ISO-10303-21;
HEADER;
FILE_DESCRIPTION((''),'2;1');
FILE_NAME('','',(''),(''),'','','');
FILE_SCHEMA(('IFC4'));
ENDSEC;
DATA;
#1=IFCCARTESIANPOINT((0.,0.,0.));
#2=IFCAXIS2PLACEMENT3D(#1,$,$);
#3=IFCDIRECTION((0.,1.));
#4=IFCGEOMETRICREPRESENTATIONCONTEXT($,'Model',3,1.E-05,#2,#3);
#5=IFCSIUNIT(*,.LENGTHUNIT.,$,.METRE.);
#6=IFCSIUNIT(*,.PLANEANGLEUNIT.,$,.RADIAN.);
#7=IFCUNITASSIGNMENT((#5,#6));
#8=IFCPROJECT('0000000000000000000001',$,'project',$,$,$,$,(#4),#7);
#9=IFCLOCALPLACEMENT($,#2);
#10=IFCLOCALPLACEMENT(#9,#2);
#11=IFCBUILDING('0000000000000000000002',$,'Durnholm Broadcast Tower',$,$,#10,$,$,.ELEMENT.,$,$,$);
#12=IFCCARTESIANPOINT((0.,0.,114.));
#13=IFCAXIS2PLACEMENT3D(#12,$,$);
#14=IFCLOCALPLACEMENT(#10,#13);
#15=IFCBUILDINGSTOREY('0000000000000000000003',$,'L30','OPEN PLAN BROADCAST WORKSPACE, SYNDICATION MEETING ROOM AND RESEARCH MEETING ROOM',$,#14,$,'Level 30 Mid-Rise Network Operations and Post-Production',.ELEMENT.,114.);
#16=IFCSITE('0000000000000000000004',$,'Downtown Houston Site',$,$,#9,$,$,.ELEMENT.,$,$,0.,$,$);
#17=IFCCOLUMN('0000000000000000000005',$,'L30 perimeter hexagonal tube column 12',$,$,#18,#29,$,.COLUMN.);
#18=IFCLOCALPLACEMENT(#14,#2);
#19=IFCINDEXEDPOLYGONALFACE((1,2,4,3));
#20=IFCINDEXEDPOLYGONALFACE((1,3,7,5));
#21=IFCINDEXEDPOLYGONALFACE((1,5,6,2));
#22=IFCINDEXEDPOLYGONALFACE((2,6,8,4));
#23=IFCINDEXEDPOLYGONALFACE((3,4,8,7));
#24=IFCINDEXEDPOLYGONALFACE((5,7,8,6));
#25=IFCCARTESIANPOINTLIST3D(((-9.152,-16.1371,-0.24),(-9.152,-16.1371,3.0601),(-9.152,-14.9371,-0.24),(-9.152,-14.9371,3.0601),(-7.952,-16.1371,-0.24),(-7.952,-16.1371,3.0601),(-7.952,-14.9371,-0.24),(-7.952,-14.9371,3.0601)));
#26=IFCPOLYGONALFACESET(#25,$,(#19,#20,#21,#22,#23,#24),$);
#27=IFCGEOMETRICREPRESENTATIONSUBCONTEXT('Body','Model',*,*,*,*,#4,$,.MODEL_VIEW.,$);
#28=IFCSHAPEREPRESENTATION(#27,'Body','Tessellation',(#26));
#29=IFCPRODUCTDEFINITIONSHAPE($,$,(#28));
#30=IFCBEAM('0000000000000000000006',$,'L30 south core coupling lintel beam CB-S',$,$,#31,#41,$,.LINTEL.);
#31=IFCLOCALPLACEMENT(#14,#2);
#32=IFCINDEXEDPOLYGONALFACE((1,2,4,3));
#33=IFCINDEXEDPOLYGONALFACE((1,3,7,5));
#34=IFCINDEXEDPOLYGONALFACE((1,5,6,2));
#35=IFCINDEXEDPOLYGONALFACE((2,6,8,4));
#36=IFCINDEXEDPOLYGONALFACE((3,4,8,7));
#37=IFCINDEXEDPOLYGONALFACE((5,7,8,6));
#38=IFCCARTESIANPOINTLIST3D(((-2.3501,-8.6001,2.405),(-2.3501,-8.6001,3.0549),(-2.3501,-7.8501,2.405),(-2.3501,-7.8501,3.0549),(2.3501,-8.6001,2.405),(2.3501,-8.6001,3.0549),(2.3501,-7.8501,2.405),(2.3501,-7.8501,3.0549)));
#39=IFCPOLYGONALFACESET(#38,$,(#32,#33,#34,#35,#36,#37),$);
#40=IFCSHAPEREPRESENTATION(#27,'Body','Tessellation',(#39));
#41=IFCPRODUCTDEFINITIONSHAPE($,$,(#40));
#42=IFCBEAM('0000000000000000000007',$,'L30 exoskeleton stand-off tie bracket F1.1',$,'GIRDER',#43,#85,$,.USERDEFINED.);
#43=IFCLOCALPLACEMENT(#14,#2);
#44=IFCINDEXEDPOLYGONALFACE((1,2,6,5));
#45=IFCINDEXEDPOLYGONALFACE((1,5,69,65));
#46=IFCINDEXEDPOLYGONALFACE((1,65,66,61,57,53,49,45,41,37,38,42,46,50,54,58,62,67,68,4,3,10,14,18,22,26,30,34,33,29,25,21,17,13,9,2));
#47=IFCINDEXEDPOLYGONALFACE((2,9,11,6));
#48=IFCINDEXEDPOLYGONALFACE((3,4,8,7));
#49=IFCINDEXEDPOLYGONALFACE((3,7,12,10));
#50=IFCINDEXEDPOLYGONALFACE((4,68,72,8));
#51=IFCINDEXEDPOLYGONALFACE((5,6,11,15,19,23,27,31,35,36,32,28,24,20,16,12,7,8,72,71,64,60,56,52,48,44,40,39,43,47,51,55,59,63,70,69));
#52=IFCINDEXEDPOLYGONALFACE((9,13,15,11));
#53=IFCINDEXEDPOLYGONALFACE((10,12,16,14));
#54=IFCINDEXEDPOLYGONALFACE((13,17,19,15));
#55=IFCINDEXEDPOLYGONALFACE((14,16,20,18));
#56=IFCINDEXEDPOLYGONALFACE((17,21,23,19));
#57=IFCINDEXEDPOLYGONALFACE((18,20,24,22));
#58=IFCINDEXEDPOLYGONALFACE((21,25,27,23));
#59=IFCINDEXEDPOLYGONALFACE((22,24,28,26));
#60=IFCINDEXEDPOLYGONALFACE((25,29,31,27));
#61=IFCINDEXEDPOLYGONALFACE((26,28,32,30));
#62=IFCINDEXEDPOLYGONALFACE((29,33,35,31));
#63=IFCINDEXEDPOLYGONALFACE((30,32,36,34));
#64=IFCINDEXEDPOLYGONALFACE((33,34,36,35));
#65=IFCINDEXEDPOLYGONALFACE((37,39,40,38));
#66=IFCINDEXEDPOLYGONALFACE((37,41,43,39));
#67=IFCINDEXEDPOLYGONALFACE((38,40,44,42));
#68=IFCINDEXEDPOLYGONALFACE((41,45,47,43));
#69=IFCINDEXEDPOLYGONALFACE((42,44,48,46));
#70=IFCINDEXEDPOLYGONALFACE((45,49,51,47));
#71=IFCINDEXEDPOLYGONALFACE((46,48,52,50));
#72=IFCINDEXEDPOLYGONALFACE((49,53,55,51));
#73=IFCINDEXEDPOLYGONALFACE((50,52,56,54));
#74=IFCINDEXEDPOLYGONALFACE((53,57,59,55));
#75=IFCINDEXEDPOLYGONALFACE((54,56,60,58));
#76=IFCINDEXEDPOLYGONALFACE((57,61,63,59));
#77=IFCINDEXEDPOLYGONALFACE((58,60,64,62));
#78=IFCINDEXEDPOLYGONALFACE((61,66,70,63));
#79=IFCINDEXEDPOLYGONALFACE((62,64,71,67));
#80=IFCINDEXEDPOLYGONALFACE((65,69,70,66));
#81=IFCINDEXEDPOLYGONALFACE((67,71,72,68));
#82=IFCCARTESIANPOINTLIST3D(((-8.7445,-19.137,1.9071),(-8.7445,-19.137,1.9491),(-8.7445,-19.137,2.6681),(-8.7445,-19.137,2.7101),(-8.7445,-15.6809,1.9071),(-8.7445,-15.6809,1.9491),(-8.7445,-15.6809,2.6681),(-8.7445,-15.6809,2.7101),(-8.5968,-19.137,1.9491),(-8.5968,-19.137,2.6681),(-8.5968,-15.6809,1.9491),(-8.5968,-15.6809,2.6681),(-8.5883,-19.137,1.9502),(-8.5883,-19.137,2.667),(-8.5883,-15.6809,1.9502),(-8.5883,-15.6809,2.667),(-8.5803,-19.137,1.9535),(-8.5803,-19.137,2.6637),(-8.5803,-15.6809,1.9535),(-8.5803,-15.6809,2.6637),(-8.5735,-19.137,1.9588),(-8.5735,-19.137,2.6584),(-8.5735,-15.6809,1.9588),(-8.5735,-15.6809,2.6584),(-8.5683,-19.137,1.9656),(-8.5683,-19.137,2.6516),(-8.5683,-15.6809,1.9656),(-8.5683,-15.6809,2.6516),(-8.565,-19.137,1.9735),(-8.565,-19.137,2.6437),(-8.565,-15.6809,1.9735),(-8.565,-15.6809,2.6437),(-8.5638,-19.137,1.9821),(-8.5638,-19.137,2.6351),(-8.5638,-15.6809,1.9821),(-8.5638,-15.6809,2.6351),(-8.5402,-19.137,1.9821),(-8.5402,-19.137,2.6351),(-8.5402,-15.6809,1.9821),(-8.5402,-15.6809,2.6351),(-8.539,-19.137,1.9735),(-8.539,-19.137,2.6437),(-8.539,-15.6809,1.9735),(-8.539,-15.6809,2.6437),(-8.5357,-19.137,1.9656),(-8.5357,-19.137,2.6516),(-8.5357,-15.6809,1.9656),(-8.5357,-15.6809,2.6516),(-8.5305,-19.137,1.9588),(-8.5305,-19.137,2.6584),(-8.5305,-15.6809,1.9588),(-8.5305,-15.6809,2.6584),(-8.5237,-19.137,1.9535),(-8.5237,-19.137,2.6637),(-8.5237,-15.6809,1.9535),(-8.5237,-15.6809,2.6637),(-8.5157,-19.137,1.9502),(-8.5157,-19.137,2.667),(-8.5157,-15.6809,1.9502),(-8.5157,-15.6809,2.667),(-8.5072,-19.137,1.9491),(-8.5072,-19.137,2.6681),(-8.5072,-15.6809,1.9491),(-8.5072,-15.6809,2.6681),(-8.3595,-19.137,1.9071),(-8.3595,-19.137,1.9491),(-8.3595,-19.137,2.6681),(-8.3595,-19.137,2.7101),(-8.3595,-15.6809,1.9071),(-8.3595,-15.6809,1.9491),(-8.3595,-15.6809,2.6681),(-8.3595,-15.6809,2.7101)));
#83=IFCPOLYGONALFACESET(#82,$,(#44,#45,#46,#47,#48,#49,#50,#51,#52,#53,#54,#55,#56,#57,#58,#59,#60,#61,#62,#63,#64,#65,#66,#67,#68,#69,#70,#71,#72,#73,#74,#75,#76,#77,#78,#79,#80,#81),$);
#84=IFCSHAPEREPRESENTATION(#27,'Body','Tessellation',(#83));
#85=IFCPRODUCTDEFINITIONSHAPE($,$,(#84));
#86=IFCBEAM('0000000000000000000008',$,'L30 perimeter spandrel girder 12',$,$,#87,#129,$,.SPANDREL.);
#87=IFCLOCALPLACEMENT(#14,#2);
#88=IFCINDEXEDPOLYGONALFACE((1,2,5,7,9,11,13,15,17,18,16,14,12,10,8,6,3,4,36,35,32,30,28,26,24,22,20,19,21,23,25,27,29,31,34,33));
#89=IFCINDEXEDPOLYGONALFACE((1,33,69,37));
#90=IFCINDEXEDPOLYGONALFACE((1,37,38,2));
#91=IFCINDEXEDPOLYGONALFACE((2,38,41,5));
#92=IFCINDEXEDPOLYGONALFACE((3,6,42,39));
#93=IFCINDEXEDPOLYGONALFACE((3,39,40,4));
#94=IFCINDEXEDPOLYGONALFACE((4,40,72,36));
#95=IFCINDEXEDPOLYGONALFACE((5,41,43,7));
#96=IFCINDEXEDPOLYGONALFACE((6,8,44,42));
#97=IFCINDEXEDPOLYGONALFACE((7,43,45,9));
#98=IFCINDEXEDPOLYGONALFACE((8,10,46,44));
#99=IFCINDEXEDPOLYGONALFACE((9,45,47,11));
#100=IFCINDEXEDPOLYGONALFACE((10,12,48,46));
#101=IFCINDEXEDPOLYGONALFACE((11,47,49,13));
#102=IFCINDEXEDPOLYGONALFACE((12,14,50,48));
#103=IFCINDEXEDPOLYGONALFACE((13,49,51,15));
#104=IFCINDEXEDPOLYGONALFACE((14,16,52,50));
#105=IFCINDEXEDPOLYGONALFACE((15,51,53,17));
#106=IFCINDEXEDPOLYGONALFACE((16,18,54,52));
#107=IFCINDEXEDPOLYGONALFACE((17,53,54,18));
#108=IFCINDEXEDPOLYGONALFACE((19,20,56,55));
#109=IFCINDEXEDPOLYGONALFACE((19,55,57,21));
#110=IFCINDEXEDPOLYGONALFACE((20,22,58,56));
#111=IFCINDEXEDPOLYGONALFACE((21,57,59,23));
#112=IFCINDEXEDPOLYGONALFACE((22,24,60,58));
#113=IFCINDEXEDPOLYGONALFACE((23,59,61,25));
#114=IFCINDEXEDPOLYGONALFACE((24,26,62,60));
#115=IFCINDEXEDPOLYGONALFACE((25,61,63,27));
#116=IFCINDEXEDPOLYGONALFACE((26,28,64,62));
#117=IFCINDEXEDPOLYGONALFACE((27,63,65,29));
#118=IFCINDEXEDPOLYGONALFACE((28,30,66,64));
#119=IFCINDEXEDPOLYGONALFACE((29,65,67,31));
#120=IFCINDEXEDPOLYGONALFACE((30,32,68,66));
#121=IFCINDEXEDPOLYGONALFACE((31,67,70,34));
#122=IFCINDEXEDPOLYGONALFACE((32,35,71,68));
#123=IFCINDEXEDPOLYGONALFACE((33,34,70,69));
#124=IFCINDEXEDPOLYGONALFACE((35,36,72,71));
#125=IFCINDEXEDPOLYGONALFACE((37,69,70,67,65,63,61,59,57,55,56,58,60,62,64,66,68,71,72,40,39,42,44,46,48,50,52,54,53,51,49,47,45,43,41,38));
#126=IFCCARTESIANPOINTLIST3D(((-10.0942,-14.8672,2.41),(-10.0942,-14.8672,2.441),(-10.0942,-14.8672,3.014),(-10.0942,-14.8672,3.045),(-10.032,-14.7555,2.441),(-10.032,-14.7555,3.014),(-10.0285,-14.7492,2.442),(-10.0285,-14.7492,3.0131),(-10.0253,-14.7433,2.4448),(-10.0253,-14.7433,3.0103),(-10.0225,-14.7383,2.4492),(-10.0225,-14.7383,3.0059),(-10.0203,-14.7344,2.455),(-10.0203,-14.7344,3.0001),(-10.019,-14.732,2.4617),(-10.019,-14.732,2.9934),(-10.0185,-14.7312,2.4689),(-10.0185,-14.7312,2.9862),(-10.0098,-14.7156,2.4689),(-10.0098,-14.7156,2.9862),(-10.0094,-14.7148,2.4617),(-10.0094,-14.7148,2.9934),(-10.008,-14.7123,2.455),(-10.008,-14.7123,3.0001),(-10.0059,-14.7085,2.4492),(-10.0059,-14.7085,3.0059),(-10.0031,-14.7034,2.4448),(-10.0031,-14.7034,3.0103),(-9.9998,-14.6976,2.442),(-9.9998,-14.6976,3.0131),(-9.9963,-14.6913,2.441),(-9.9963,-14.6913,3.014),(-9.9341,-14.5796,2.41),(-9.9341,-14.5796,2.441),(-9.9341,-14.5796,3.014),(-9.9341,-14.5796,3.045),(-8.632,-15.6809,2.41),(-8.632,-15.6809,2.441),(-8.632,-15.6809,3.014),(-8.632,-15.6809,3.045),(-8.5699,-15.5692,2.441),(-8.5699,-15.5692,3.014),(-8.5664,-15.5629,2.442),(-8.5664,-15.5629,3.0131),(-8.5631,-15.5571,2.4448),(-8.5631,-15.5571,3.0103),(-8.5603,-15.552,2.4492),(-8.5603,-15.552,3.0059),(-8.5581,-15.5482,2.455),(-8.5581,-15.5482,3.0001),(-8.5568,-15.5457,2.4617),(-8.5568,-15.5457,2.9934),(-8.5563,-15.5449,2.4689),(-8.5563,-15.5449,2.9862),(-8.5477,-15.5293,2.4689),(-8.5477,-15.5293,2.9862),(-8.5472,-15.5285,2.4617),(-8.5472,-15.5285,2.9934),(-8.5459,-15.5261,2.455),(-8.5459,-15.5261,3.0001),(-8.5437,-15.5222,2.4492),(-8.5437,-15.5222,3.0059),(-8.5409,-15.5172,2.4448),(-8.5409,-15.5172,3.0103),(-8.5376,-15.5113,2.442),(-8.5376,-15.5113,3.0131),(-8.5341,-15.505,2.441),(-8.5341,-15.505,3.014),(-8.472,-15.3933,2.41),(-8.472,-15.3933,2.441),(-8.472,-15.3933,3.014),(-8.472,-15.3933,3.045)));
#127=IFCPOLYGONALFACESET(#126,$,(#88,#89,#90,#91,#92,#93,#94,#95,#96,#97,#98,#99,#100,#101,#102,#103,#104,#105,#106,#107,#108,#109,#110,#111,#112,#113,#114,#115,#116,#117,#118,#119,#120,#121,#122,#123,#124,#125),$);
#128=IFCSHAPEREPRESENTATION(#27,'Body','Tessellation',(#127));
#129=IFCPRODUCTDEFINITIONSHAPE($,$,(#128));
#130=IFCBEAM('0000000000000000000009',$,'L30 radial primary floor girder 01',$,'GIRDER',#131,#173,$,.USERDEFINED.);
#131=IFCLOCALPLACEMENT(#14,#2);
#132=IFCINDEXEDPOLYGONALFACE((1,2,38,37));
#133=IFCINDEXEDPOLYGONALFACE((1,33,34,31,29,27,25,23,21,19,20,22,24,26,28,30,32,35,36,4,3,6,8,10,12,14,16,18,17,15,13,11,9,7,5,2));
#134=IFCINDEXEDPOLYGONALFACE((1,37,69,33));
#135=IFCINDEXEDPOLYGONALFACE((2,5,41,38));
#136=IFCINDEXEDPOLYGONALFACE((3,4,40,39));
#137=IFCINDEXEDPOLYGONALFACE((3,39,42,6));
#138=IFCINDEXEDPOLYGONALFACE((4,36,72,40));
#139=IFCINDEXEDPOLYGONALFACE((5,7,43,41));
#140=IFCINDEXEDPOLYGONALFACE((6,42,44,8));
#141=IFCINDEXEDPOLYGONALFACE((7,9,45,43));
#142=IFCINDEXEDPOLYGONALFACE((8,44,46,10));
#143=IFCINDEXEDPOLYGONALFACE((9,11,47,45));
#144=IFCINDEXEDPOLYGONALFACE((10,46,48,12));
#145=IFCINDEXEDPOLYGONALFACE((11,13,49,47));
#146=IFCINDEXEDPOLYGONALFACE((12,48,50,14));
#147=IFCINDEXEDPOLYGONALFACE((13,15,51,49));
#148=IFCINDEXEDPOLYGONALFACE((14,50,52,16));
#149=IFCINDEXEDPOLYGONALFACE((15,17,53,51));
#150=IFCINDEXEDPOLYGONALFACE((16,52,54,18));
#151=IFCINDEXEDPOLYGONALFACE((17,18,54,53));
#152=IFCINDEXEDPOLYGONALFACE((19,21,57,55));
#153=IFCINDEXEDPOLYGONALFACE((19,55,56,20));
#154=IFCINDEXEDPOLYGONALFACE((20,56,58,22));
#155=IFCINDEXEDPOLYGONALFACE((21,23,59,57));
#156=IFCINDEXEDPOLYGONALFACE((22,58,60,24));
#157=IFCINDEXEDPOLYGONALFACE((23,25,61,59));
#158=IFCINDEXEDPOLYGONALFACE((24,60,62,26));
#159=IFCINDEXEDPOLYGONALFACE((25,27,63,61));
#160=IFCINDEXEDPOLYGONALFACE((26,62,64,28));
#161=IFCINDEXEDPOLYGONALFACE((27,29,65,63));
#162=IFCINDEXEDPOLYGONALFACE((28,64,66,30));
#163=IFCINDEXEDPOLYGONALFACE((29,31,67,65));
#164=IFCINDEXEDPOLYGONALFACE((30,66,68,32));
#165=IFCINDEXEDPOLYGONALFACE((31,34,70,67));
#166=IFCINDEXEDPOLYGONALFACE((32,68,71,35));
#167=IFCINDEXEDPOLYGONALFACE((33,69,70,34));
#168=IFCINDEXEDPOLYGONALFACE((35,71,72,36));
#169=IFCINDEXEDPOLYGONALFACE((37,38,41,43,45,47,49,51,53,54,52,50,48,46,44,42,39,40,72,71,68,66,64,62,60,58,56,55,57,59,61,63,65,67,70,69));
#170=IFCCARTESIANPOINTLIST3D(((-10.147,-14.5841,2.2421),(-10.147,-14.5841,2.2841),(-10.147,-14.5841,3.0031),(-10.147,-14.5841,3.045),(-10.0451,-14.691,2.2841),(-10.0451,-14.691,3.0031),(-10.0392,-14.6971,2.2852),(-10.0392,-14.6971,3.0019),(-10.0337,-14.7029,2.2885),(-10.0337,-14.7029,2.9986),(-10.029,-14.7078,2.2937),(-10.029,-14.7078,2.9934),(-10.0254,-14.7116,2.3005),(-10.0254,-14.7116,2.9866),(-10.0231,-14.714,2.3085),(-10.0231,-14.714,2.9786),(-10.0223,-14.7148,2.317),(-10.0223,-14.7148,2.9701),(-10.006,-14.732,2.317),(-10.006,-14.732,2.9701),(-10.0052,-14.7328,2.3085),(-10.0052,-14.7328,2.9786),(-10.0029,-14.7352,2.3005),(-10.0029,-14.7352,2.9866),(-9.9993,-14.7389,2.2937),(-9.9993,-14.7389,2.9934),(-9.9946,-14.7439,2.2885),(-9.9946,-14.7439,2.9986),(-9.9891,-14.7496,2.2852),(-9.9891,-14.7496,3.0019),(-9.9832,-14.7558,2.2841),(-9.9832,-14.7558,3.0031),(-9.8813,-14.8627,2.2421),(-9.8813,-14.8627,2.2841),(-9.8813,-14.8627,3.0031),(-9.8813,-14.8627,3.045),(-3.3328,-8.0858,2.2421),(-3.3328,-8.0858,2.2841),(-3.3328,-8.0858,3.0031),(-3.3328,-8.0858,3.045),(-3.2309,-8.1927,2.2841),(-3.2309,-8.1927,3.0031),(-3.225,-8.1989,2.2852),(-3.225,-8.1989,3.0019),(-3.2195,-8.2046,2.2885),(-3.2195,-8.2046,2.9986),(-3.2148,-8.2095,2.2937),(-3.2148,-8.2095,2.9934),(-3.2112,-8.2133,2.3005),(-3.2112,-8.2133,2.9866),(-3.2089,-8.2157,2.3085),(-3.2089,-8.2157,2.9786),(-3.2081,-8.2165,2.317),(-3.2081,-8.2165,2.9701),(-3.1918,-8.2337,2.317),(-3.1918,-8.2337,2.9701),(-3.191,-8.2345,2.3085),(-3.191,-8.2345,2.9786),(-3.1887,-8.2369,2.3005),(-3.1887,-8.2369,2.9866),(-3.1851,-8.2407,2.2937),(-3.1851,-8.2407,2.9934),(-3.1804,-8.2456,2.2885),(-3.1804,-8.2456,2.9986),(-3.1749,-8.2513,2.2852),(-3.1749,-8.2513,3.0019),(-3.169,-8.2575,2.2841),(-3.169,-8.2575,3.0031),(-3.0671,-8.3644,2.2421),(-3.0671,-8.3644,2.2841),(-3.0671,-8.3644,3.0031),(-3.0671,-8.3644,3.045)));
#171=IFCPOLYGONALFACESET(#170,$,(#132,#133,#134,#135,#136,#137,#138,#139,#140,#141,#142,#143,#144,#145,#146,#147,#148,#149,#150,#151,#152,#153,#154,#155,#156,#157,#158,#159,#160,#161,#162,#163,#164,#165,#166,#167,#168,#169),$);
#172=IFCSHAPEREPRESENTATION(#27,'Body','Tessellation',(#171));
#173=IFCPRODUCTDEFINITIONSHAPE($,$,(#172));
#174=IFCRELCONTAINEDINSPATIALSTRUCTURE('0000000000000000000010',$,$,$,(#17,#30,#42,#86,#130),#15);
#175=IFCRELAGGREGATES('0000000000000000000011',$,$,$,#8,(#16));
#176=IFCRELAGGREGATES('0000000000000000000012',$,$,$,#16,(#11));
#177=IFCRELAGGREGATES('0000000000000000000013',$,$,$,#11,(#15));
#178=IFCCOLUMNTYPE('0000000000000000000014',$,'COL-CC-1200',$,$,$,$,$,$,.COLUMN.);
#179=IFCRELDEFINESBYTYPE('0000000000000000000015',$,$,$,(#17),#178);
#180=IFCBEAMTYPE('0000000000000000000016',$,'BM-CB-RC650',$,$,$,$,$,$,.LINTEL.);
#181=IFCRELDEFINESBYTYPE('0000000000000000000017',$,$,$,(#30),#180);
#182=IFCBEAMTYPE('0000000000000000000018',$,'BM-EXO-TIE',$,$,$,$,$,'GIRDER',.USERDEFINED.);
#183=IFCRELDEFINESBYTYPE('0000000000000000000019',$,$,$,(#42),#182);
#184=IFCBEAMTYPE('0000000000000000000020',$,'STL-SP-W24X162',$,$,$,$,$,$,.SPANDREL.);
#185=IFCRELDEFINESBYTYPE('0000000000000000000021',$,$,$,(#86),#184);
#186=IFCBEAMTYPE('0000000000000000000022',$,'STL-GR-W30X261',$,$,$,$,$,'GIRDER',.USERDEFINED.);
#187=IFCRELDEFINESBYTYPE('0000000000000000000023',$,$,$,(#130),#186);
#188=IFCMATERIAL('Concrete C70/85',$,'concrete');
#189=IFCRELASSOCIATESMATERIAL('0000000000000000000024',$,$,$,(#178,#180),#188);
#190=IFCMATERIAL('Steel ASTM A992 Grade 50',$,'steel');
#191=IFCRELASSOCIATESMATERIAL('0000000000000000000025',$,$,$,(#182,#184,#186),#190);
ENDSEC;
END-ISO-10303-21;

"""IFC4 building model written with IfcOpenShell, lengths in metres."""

from ifc_helpers import new_model, si_unit, direction, frame, origin, origin_2d, place, context, subcontext, project, spatial, rectangle, i_section, extrude, source, transform, mapped, material, material_profile, profile_set, type_object, type_shapes, element, save


model = new_model("IFC4")

# Units and contexts
model_context = context("Model", 3, precision=1e-05, world=origin(), true_north=direction((0.0, 1.0)))
body_context = subcontext(model_context, "Body", "Model", "MODEL_VIEW")
ifc_project = project(units=[si_unit("LENGTHUNIT", "METRE"), si_unit("PLANEANGLEUNIT", "RADIAN")], contexts=[model_context])

# Site, building, storey
site_placement = place(None, origin())
site = spatial("IfcSite", under=ifc_project, at=site_placement, Name="Downtown Houston Site", CompositionType="ELEMENT", RefElevation=0.0)
building_placement = place(site_placement, origin())
building = spatial("IfcBuilding", under=site, at=building_placement, Name="Durnholm Broadcast Tower", CompositionType="ELEMENT")
storey_placement = place(building_placement, frame((0.0, 0.0, 114.0)))
storey = spatial("IfcBuildingStorey", under=building, at=storey_placement, Name="L30", Description="OPEN PLAN BROADCAST WORKSPACE, SYNDICATION MEETING ROOM AND RESEARCH MEETING ROOM", LongName="Level 30 Mid-Rise Network Operations and Post-Production", CompositionType="ELEMENT", Elevation=114.0)

# Column
ifc_material_1 = material(Name="Concrete C70/85", Category="concrete")
ifc_material_profile_1 = material_profile(ifc_material_1, rectangle(XDim=1.2, YDim=1.2, at=origin_2d()), Name="RC1200X1200")
ifc_profile_set_1 = profile_set([ifc_material_profile_1], Name="Concrete C70/85")
column_type = type_object("IfcColumnType", Name="COL-CC-1200", PredefinedType="COLUMN", material=ifc_profile_set_1)
shared_shape_1 = source(origin(), body_context, "Body", "SweptSolid", [
    extrude(rectangle(XDim=1.2, YDim=1.2, at=origin_2d()), origin(), (0.0, 0.0, 1.0), 3.3),
])
type_shapes(column_type, [shared_shape_1])
column_placement = place(storey_placement, frame((-8.552, -15.5371, -0.24), z_axis=(0.0, 0.0, 1.0), x_axis=(1.0, 0.0, 0.0)))
element("IfcColumn", 1, at=column_placement, inside=storey, type_object=column_type, Name="L30 perimeter hexagonal tube column 12", PredefinedType="COLUMN", context=body_context, shape_type="MappedRepresentation", body=[
    mapped(shared_shape_1, transform((0.0, 0.0, 0.0), x_axis=(1.0, 0.0, 0.0), y_axis=(0.0, 1.0, 0.0), z_axis=(0.0, 0.0, 1.0), scale=1.0)),
])

# Beams
ifc_material_profile_2 = material_profile(ifc_material_1, rectangle(XDim=0.75, YDim=0.6499, at=origin_2d()), Name="RC750X650")
ifc_profile_set_2 = profile_set([ifc_material_profile_2], Name="Concrete C70/85")
beam_type_1 = type_object("IfcBeamType", Name="BM-CB-RC650", PredefinedType="LINTEL", material=ifc_profile_set_2)
shared_shape_2 = source(origin(), body_context, "Body", "SweptSolid", [
    extrude(rectangle(XDim=0.75, YDim=0.6499, at=origin_2d()), origin(), (0.0, 0.0, 1.0), 4.7002),
])
type_shapes(beam_type_1, [shared_shape_2])
beam_1_placement = place(storey_placement, frame((-2.3501, -8.2251, 2.73), z_axis=(1.0, 0.0, 0.0), x_axis=(0.0, 1.0, 0.0)))
element("IfcBeam", 2, at=beam_1_placement, inside=storey, type_object=beam_type_1, Name="L30 south core coupling lintel beam CB-S", PredefinedType="LINTEL", context=body_context, shape_type="MappedRepresentation", body=[
    mapped(shared_shape_2, transform((0.0, 0.0, 0.0), x_axis=(1.0, 0.0, 0.0), y_axis=(0.0, 1.0, 0.0), z_axis=(0.0, 0.0, 1.0), scale=1.0)),
])
ifc_material_2 = material(Name="Steel ASTM A992 Grade 50", Category="steel")
ifc_material_profile_3 = material_profile(ifc_material_2, i_section(OverallWidth=0.385, OverallDepth=0.803, WebThickness=0.0237, FlangeThickness=0.042, FilletRadius=0.033, at=origin_2d()), Name="W30X261")
ifc_profile_set_3 = profile_set([ifc_material_profile_3], Name="Steel ASTM A992 Grade 50")
beam_type_2 = type_object("IfcBeamType", Name="BM-EXO-TIE", ElementType="GIRDER", PredefinedType="USERDEFINED", material=ifc_profile_set_3)
shared_shape_3 = source(origin(), body_context, "Body", "SweptSolid", [
    extrude(i_section(OverallWidth=0.385, OverallDepth=0.803, WebThickness=0.0237, FlangeThickness=0.042, FilletRadius=0.033, at=origin_2d()), origin(), (0.0, 0.0, 1.0), 3.4561),
])
beam_2_placement = place(storey_placement, frame((-8.552, -15.6809, 2.3086), z_axis=(0.0, -1.0, 0.0), x_axis=(1.0, 0.0, 0.0)))
element("IfcBeam", 3, at=beam_2_placement, inside=storey, type_object=beam_type_2, Name="L30 exoskeleton stand-off tie bracket F1.1", ObjectType="GIRDER", PredefinedType="USERDEFINED", context=body_context, shape_type="MappedRepresentation", body=[
    mapped(shared_shape_3, transform((0.0, 0.0, 0.0), x_axis=(1.0, 0.0, 0.0), y_axis=(0.0, 1.0, 0.0), z_axis=(0.0, 0.0, 1.0), scale=1.0)),
])
ifc_material_profile_4 = material_profile(ifc_material_2, i_section(OverallWidth=0.3291, OverallDepth=0.635, WebThickness=0.0178, FlangeThickness=0.031, FilletRadius=0.0278, at=origin_2d()), Name="W24X162")
ifc_profile_set_4 = profile_set([ifc_material_profile_4], Name="Steel ASTM A992 Grade 50")
beam_type_3 = type_object("IfcBeamType", Name="STL-SP-W24X162", PredefinedType="SPANDREL", material=ifc_profile_set_4)
shared_shape_4 = source(origin(), body_context, "Body", "SweptSolid", [
    extrude(i_section(OverallWidth=0.3291, OverallDepth=0.635, WebThickness=0.0178, FlangeThickness=0.031, FilletRadius=0.0278, at=origin_2d()), origin(), (0.0, 0.0, 1.0), 1.6733),
])
type_shapes(beam_type_3, [shared_shape_4])
beam_3_placement = place(storey_placement, frame((-8.552, -15.5371, 2.7275), z_axis=(-0.873799, 0.486287, 0.0), x_axis=(-0.486287, -0.873799, 0.0)))
element("IfcBeam", 4, at=beam_3_placement, inside=storey, type_object=beam_type_3, Name="L30 perimeter spandrel girder 12", PredefinedType="SPANDREL", context=body_context, shape_type="MappedRepresentation", body=[
    mapped(shared_shape_4, transform((0.0, 0.0, 0.0), x_axis=(1.0, 0.0, 0.0), y_axis=(0.0, 1.0, 0.0), z_axis=(0.0, 0.0, 1.0), scale=1.0)),
])
ifc_material_profile_5 = material_profile(ifc_material_2, i_section(OverallWidth=0.385, OverallDepth=0.803, WebThickness=0.0237, FlangeThickness=0.042, FilletRadius=0.033, at=origin_2d()), Name="W30X261")
ifc_profile_set_5 = profile_set([ifc_material_profile_5], Name="Steel ASTM A992 Grade 50")
beam_type_4 = type_object("IfcBeamType", Name="STL-GR-W30X261", ElementType="GIRDER", PredefinedType="USERDEFINED", material=ifc_profile_set_5)
shared_shape_5 = source(origin(), body_context, "Body", "SweptSolid", [
    extrude(i_section(OverallWidth=0.385, OverallDepth=0.803, WebThickness=0.0237, FlangeThickness=0.042, FilletRadius=0.033, at=origin_2d()), origin(), (0.0, 0.0, 1.0), 9.416),
])
beam_4_placement = place(storey_placement, frame((-3.2, -8.2251, 2.6436), z_axis=(-0.723683, -0.690132, 0.0), x_axis=(0.690132, -0.723683, 0.0)))
element("IfcBeam", 5, at=beam_4_placement, inside=storey, type_object=beam_type_4, Name="L30 radial primary floor girder 01", ObjectType="GIRDER", PredefinedType="USERDEFINED", context=body_context, shape_type="MappedRepresentation", body=[
    mapped(shared_shape_5, transform((0.0, 0.0, 0.0), x_axis=(1.0, 0.0, 0.0), y_axis=(0.0, 1.0, 0.0), z_axis=(0.0, 0.0, 1.0), scale=1.0)),
])

save(model, "model.ifc")
